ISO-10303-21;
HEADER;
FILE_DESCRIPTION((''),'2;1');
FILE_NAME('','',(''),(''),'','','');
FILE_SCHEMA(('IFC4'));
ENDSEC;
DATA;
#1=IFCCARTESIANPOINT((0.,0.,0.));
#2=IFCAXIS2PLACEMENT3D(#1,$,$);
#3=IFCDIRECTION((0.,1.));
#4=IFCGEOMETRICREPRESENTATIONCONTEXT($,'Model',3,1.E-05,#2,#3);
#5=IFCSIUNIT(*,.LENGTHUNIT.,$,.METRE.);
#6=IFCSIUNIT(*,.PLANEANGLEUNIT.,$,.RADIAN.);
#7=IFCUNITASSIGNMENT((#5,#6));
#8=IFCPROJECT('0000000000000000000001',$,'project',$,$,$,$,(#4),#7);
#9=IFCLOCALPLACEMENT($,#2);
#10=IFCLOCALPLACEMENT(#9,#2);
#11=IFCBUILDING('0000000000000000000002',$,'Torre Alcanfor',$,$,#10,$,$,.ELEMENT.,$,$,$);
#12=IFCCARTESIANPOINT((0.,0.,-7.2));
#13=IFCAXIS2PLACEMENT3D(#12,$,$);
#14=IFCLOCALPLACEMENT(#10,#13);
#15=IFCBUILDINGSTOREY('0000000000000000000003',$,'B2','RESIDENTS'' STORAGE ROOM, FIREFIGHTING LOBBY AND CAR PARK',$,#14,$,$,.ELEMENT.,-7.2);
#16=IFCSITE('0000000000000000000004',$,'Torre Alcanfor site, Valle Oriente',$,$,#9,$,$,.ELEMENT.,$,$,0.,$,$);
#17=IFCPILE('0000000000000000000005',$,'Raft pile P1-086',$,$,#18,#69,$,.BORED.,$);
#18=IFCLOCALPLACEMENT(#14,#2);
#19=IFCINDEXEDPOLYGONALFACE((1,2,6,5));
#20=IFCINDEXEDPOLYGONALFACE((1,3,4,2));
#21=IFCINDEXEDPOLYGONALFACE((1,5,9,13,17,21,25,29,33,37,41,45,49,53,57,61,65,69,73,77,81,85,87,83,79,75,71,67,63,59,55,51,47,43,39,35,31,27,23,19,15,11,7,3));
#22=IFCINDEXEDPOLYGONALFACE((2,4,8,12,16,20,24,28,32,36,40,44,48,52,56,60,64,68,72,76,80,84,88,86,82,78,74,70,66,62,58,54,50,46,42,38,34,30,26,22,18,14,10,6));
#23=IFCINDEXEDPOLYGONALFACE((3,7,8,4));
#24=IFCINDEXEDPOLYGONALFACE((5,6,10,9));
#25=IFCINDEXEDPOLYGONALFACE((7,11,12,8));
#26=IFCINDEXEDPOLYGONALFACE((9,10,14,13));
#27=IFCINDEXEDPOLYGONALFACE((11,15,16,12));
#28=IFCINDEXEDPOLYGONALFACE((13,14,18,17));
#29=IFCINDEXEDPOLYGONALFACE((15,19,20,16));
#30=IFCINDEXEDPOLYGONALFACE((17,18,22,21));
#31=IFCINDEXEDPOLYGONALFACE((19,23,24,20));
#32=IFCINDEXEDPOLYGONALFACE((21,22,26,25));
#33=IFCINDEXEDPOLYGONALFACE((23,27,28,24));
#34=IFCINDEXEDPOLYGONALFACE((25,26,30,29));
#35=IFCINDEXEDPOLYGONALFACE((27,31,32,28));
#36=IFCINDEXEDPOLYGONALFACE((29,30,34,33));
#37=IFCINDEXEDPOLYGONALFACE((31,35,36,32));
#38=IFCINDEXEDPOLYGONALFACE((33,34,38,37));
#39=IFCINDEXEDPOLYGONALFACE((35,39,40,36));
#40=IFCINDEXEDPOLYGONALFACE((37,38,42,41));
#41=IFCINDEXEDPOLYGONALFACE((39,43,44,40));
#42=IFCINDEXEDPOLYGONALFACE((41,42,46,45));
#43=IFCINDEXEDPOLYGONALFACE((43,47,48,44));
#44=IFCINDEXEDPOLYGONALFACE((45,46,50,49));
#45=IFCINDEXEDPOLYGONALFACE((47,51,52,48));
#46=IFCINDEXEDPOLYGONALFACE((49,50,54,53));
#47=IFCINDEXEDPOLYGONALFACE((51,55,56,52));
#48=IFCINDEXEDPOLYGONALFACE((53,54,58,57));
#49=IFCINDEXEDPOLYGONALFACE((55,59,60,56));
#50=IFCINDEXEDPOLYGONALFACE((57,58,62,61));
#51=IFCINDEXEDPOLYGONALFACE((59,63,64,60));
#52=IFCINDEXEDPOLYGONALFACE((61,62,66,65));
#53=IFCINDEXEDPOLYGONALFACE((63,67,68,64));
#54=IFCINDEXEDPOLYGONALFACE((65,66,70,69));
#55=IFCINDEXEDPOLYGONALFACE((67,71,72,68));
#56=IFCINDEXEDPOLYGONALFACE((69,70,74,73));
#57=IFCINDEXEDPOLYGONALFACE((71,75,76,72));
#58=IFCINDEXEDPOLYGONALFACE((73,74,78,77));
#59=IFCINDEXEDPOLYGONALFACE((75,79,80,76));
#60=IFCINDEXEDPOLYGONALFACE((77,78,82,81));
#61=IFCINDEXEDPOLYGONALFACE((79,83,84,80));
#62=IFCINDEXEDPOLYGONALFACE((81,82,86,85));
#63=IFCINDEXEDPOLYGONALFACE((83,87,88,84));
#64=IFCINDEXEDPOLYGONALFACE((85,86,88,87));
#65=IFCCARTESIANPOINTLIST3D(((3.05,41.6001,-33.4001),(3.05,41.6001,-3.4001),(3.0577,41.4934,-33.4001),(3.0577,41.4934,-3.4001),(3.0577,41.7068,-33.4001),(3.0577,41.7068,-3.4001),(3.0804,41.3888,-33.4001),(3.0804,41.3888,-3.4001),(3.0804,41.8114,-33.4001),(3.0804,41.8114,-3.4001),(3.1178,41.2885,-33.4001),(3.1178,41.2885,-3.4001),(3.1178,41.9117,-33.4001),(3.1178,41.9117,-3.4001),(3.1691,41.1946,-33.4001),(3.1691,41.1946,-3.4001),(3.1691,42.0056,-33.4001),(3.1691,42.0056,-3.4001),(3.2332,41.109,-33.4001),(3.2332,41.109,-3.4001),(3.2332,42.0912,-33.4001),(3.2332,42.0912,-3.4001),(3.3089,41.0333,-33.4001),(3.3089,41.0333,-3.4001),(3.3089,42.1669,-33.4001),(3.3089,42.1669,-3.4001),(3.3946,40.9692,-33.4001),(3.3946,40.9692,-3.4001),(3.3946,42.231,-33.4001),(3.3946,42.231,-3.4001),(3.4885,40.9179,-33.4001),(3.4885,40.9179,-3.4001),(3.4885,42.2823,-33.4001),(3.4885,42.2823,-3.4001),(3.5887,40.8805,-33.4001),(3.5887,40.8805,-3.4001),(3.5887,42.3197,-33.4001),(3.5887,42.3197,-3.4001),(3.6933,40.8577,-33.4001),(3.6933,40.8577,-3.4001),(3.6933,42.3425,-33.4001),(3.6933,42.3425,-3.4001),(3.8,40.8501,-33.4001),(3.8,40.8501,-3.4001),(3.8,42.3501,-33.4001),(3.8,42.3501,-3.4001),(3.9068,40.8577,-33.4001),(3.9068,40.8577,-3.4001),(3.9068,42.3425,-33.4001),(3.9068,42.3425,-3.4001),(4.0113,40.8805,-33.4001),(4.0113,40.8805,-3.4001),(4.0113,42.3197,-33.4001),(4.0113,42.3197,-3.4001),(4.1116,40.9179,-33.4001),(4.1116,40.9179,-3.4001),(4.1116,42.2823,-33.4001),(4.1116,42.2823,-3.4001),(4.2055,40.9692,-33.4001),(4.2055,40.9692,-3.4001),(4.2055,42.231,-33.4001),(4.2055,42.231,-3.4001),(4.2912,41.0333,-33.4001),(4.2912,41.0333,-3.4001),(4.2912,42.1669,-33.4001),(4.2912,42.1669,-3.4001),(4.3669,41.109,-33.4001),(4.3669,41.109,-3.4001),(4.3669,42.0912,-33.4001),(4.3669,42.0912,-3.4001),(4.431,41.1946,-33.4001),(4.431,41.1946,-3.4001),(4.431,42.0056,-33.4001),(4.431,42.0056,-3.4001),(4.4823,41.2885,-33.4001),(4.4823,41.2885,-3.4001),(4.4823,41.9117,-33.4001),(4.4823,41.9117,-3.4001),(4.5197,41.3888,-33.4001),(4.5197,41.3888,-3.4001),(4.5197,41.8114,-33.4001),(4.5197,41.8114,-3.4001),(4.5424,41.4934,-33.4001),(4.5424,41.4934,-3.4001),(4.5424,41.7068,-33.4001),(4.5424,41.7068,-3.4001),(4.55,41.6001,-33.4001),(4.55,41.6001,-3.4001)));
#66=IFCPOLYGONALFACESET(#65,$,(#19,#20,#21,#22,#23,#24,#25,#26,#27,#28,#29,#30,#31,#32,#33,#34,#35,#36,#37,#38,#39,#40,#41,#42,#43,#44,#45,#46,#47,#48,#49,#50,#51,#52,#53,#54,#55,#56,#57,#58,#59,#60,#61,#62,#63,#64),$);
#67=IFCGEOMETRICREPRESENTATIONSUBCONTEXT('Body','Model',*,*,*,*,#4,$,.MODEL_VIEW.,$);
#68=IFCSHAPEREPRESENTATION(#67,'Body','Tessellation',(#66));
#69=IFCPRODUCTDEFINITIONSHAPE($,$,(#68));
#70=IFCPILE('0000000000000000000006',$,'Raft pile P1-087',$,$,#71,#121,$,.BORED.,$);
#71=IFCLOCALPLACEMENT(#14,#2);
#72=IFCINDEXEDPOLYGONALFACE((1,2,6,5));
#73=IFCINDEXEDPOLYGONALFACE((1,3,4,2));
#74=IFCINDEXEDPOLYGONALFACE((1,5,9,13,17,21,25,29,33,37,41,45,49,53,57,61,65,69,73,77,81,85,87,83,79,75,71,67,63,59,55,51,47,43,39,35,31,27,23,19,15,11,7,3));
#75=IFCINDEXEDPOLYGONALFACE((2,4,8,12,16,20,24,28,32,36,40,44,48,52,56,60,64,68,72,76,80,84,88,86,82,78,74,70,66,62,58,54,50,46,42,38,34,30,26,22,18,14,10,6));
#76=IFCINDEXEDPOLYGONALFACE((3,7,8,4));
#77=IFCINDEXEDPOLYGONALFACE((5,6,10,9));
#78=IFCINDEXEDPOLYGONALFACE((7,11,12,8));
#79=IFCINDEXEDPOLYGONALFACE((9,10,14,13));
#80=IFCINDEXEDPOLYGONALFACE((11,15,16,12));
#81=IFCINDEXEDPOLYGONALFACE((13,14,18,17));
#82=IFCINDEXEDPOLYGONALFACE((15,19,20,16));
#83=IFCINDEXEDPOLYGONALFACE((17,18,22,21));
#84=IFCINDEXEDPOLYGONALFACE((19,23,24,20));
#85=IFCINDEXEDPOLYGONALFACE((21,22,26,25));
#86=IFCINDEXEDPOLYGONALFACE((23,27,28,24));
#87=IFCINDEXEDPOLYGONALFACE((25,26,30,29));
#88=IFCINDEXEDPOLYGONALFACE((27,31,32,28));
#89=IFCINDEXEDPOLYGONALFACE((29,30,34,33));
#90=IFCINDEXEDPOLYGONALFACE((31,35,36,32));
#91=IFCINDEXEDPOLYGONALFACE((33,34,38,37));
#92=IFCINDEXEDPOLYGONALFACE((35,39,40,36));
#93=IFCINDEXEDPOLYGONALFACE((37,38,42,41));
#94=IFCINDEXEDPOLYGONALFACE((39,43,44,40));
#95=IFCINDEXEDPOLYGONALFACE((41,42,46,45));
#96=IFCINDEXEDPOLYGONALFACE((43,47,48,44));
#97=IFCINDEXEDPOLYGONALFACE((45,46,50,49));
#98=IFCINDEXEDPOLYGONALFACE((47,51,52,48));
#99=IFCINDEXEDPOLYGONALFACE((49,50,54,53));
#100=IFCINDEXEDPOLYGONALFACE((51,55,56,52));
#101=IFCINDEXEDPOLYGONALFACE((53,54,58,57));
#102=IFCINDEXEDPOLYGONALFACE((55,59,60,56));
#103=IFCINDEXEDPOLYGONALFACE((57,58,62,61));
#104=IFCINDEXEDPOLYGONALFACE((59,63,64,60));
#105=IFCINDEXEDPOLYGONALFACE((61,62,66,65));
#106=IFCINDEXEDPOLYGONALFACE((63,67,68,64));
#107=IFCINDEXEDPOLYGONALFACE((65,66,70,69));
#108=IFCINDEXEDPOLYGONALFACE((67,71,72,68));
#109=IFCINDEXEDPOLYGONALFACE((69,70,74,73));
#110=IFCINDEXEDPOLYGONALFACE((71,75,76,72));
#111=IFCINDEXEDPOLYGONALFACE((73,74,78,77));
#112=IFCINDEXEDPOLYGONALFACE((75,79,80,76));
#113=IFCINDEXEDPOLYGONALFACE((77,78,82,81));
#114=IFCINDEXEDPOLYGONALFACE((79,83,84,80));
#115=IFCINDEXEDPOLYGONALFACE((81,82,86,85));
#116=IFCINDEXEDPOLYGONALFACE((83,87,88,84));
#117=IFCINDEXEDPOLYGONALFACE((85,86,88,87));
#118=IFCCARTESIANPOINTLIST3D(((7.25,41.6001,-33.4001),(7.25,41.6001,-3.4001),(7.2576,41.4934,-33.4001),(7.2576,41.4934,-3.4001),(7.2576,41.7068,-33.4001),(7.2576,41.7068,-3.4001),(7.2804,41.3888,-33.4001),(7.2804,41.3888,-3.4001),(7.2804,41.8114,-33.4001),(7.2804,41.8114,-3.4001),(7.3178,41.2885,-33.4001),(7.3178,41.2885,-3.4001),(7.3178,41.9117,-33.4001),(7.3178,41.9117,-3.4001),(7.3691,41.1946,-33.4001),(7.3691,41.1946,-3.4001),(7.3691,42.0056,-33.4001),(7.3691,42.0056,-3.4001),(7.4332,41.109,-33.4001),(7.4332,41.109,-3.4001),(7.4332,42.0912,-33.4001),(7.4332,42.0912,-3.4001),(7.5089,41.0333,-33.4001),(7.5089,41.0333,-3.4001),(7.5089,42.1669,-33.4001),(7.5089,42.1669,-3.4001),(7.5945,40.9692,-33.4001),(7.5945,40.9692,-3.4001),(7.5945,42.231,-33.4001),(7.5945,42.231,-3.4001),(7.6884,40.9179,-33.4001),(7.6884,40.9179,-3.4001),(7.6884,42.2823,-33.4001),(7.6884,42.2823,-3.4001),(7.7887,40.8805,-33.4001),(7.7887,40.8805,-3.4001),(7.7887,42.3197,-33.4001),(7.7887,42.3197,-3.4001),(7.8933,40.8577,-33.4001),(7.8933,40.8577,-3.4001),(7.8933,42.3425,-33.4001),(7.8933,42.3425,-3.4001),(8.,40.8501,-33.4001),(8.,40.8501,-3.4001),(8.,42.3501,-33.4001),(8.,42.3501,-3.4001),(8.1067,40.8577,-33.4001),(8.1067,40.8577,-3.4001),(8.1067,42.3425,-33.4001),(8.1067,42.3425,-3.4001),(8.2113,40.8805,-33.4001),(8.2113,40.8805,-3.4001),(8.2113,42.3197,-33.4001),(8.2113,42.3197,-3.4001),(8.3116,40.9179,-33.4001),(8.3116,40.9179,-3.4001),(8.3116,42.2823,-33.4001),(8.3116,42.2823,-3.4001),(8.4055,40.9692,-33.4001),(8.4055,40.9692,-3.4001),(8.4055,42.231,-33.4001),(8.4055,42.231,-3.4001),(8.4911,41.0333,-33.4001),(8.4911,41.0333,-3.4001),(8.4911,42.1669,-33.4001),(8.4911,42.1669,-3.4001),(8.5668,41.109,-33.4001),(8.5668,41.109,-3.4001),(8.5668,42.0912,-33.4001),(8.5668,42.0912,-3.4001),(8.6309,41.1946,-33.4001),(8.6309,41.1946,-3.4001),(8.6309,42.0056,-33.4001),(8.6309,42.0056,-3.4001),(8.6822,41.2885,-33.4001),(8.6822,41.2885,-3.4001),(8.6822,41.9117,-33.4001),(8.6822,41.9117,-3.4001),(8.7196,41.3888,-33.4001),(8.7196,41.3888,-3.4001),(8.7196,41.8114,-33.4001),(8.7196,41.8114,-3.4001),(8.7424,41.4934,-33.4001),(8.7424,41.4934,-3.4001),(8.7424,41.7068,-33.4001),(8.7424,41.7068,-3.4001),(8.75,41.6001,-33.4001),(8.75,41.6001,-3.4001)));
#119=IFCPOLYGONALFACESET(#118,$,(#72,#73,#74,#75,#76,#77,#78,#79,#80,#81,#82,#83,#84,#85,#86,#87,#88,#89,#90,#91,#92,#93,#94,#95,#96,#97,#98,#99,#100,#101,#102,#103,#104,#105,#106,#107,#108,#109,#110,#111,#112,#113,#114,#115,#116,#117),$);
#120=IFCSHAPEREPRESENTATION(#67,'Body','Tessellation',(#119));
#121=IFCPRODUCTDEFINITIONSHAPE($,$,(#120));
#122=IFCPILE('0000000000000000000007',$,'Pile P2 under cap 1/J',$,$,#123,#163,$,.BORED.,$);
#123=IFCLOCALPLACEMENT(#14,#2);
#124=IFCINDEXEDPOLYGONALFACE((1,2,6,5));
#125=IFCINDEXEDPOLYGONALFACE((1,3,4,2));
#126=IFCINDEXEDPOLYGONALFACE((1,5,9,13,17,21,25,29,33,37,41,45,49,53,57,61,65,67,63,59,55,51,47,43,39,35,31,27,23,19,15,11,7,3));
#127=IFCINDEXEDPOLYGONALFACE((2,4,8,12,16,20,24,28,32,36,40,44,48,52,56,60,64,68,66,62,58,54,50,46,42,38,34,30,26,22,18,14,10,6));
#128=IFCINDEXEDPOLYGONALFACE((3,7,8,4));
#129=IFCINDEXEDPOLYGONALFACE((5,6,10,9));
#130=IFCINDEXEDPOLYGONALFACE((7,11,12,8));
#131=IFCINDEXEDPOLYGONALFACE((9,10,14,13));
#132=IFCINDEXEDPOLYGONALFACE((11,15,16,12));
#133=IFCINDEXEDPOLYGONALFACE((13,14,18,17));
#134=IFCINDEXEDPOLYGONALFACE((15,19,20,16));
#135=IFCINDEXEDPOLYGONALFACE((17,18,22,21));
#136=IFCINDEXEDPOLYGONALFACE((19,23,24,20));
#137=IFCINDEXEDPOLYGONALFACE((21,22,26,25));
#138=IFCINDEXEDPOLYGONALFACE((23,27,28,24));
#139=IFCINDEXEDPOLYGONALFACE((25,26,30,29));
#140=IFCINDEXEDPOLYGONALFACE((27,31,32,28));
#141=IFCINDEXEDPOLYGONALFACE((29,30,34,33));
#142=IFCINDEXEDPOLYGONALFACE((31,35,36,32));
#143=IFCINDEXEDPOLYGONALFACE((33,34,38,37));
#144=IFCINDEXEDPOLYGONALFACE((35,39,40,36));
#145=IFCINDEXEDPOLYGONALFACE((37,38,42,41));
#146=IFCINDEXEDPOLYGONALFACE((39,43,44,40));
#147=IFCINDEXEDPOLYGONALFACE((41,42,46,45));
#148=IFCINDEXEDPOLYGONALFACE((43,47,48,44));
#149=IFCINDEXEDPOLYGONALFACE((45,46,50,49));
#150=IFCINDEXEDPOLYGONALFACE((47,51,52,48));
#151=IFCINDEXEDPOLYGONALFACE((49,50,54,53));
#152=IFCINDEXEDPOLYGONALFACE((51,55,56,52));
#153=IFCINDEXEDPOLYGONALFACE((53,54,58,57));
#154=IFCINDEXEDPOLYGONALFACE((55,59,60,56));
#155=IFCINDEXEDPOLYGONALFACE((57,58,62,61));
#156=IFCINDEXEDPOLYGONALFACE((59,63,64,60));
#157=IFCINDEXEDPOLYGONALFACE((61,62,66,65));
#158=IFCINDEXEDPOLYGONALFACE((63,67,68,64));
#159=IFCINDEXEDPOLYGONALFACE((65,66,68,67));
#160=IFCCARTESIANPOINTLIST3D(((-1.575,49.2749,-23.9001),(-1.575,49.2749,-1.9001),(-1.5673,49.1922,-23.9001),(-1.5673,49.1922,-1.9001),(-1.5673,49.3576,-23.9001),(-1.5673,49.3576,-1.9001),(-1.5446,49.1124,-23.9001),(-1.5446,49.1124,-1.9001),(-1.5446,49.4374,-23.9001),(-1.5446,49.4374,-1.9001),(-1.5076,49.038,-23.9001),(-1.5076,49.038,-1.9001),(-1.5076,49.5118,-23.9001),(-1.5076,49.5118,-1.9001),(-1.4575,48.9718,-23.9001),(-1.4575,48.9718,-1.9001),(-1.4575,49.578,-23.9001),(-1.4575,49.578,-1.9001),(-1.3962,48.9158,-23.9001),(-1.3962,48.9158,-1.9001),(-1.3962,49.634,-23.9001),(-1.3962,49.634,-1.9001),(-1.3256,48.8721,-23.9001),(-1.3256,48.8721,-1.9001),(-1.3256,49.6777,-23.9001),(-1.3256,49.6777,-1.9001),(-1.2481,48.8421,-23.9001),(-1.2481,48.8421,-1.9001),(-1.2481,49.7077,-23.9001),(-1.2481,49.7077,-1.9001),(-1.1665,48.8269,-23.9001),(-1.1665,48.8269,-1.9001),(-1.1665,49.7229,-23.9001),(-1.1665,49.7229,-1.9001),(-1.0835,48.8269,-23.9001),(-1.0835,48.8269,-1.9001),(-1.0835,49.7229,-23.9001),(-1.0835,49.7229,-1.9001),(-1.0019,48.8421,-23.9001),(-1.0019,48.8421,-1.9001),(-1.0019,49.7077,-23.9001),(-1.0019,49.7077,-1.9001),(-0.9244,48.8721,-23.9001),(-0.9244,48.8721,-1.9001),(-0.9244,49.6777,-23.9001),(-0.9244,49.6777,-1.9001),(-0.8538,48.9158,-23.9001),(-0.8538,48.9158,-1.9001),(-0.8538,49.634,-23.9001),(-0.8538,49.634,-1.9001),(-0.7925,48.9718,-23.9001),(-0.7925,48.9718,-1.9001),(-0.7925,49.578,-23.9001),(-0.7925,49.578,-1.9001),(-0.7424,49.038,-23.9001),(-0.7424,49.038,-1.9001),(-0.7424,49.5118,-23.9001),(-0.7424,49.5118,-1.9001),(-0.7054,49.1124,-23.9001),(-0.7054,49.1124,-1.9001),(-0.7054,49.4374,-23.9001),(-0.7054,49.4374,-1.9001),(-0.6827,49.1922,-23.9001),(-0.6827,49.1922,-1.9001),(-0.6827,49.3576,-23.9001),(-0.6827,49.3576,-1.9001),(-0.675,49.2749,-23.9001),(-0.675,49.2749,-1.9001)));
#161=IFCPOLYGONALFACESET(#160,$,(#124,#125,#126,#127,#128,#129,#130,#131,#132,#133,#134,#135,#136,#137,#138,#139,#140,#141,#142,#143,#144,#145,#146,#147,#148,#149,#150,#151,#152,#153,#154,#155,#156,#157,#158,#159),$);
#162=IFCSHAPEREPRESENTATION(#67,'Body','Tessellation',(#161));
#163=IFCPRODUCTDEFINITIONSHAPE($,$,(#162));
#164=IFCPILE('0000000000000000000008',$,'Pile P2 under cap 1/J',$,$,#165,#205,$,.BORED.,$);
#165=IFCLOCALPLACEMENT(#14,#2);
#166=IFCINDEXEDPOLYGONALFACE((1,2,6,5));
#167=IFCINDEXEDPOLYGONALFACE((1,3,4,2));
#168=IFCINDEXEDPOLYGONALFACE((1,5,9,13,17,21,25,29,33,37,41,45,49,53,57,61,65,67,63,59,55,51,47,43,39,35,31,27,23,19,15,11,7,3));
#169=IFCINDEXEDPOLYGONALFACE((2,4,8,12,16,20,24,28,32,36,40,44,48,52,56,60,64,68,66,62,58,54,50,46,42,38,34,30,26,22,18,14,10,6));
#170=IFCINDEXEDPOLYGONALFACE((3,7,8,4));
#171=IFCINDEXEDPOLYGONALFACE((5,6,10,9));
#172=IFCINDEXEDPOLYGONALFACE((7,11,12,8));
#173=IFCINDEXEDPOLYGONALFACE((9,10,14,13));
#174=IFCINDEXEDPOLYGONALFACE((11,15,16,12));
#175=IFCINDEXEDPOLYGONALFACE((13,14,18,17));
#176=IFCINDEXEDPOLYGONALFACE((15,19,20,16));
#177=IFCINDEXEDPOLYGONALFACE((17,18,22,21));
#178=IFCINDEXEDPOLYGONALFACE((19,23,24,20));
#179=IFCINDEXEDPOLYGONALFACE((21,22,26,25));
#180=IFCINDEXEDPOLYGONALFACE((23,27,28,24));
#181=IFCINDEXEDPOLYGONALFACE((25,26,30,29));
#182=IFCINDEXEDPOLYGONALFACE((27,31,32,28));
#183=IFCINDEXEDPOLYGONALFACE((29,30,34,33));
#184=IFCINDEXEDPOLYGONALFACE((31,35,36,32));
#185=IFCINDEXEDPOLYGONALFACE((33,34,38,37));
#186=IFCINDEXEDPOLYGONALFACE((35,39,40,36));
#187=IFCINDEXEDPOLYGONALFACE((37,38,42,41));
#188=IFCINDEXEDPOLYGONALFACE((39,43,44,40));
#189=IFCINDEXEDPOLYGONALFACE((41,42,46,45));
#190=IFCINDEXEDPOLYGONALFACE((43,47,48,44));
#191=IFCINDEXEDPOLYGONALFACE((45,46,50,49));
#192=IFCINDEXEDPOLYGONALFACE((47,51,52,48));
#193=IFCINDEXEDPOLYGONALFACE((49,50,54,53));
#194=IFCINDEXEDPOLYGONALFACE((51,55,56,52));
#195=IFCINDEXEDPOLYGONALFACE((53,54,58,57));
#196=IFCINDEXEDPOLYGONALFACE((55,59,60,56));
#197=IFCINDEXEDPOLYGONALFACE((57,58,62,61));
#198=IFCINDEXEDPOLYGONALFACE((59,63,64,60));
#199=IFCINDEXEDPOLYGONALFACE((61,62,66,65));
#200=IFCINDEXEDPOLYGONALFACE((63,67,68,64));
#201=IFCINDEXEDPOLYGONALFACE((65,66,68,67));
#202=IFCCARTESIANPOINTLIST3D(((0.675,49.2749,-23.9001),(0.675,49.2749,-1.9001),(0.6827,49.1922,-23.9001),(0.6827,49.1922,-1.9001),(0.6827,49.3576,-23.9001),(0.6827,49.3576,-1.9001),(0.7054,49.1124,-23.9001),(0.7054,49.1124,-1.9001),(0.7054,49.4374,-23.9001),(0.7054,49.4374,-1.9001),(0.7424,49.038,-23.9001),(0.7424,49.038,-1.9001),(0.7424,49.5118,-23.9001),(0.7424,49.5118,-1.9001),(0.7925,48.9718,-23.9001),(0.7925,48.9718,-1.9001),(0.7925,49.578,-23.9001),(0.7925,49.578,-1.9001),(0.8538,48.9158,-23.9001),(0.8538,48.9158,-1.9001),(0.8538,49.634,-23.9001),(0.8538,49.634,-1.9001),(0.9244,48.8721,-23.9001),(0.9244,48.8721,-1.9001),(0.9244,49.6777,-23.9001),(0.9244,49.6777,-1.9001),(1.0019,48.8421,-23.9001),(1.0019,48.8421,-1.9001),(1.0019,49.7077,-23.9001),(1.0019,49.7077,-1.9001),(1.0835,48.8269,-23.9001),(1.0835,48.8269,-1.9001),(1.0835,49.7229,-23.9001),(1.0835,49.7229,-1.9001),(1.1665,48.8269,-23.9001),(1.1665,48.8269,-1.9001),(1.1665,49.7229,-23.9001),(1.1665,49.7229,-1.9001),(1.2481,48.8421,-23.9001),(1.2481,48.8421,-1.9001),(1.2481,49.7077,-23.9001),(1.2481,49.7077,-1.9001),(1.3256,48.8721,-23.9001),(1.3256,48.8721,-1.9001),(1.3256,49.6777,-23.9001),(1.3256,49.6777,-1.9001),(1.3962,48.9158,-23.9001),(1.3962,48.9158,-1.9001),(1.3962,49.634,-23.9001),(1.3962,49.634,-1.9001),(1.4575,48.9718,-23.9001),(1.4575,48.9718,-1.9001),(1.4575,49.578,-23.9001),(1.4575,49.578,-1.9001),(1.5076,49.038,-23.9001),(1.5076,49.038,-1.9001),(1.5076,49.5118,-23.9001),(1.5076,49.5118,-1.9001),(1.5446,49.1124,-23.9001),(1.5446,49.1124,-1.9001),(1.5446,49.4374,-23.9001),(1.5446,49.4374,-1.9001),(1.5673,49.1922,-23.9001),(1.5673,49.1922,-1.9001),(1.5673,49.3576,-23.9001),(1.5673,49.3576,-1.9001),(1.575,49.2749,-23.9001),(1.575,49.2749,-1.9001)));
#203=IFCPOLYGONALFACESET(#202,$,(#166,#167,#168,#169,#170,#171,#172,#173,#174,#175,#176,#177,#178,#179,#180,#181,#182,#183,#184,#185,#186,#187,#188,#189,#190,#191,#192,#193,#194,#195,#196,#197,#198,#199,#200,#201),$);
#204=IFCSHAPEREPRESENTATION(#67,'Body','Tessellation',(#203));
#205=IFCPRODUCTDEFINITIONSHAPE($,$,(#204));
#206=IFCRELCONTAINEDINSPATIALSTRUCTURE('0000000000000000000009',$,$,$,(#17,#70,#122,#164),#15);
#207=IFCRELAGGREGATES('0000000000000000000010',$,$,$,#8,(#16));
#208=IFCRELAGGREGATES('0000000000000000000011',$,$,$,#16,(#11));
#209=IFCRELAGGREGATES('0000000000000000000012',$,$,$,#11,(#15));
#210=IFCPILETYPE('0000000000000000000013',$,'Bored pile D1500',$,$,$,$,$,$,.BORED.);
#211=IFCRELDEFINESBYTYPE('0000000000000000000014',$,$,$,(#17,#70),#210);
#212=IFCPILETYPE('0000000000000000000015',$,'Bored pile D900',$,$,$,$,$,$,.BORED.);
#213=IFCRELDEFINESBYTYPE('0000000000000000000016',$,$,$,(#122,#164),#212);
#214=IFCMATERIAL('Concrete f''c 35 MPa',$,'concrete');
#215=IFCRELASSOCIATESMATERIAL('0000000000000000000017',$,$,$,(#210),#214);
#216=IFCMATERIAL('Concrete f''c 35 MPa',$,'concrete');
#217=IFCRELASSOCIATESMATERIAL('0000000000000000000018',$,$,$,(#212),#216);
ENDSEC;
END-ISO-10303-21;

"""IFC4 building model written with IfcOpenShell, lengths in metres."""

from ifc_helpers import new_model, si_unit, direction, frame, origin, origin_2d, place, context, subcontext, project, spatial, circle, extrude, material, material_profile, profile_set, type_object, element, save


model = new_model("IFC4")

# Units and contexts
model_context = context("Model", 3, precision=1e-05, world=origin(), true_north=direction((0.0, 1.0)))
body_context = subcontext(model_context, "Body", "Model", "MODEL_VIEW")
ifc_project = project(units=[si_unit("LENGTHUNIT", "METRE"), si_unit("PLANEANGLEUNIT", "RADIAN")], contexts=[model_context])

# Site, building, storey
site_placement = place(None, origin())
site = spatial("IfcSite", under=ifc_project, at=site_placement, Name="Torre Alcanfor site, Valle Oriente", CompositionType="ELEMENT", RefElevation=0.0)
building_placement = place(site_placement, origin())
building = spatial("IfcBuilding", under=site, at=building_placement, Name="Torre Alcanfor", CompositionType="ELEMENT")
storey_placement = place(building_placement, frame((0.0, 0.0, -7.2)))
storey = spatial("IfcBuildingStorey", under=building, at=storey_placement, Name="B2", Description="RESIDENTS' STORAGE ROOM, FIREFIGHTING LOBBY AND CAR PARK", CompositionType="ELEMENT", Elevation=-7.2)

# Piles
ifc_material_1 = material(Name="Concrete f'c 35 MPa", Category="concrete")
ifc_material_profile_1 = material_profile(ifc_material_1, circle(Radius=0.75, at=origin_2d()), Name="D1500")
ifc_profile_set_1 = profile_set([ifc_material_profile_1], Name="Concrete f'c 35 MPa")
pile_type_1 = type_object("IfcPileType", Name="Bored pile D1500", PredefinedType="BORED", material=ifc_profile_set_1)
for number, where, z_axis, x_axis, name in (
    (1, (3.8, 41.6001, -3.4001), (0.0, 0.0, -1.0), (1.0, 0.0, 0.0), "Raft pile P1-086"),
    (2, (8.0, 41.6001, -3.4001), (0.0, 0.0, -1.0), (1.0, 0.0, 0.0), "Raft pile P1-087"),
):
    element("IfcPile", number, at=place(storey_placement, frame(where, z_axis=z_axis, x_axis=x_axis)), inside=storey, type_object=pile_type_1, Name=name, PredefinedType="BORED", context=body_context, shape_type="SweptSolid", body=[
        extrude(circle(Radius=0.75, at=origin_2d()), origin(), (0.0, 0.0, 1.0), 30.0),
    ])
ifc_material_2 = material(Name="Concrete f'c 35 MPa", Category="concrete")
ifc_material_profile_2 = material_profile(ifc_material_2, circle(Radius=0.45, at=origin_2d()), Name="D900")
ifc_profile_set_2 = profile_set([ifc_material_profile_2], Name="Concrete f'c 35 MPa")
pile_type_2 = type_object("IfcPileType", Name="Bored pile D900", PredefinedType="BORED", material=ifc_profile_set_2)
for number, where, z_axis, x_axis, name in (
    (3, (-1.125, 49.2749, -1.9001), (0.0, 0.0, -1.0), (1.0, 0.0, 0.0), "Pile P2 under cap 1/J"),
    (4, (1.125, 49.2749, -1.9001), (0.0, 0.0, -1.0), (1.0, 0.0, 0.0), "Pile P2 under cap 1/J"),
):
    element("IfcPile", number, at=place(storey_placement, frame(where, z_axis=z_axis, x_axis=x_axis)), inside=storey, type_object=pile_type_2, Name=name, PredefinedType="BORED", context=body_context, shape_type="SweptSolid", body=[
        extrude(circle(Radius=0.45, at=origin_2d()), origin(), (0.0, 0.0, 1.0), 22.0),
    ])

save(model, "model.ifc")
